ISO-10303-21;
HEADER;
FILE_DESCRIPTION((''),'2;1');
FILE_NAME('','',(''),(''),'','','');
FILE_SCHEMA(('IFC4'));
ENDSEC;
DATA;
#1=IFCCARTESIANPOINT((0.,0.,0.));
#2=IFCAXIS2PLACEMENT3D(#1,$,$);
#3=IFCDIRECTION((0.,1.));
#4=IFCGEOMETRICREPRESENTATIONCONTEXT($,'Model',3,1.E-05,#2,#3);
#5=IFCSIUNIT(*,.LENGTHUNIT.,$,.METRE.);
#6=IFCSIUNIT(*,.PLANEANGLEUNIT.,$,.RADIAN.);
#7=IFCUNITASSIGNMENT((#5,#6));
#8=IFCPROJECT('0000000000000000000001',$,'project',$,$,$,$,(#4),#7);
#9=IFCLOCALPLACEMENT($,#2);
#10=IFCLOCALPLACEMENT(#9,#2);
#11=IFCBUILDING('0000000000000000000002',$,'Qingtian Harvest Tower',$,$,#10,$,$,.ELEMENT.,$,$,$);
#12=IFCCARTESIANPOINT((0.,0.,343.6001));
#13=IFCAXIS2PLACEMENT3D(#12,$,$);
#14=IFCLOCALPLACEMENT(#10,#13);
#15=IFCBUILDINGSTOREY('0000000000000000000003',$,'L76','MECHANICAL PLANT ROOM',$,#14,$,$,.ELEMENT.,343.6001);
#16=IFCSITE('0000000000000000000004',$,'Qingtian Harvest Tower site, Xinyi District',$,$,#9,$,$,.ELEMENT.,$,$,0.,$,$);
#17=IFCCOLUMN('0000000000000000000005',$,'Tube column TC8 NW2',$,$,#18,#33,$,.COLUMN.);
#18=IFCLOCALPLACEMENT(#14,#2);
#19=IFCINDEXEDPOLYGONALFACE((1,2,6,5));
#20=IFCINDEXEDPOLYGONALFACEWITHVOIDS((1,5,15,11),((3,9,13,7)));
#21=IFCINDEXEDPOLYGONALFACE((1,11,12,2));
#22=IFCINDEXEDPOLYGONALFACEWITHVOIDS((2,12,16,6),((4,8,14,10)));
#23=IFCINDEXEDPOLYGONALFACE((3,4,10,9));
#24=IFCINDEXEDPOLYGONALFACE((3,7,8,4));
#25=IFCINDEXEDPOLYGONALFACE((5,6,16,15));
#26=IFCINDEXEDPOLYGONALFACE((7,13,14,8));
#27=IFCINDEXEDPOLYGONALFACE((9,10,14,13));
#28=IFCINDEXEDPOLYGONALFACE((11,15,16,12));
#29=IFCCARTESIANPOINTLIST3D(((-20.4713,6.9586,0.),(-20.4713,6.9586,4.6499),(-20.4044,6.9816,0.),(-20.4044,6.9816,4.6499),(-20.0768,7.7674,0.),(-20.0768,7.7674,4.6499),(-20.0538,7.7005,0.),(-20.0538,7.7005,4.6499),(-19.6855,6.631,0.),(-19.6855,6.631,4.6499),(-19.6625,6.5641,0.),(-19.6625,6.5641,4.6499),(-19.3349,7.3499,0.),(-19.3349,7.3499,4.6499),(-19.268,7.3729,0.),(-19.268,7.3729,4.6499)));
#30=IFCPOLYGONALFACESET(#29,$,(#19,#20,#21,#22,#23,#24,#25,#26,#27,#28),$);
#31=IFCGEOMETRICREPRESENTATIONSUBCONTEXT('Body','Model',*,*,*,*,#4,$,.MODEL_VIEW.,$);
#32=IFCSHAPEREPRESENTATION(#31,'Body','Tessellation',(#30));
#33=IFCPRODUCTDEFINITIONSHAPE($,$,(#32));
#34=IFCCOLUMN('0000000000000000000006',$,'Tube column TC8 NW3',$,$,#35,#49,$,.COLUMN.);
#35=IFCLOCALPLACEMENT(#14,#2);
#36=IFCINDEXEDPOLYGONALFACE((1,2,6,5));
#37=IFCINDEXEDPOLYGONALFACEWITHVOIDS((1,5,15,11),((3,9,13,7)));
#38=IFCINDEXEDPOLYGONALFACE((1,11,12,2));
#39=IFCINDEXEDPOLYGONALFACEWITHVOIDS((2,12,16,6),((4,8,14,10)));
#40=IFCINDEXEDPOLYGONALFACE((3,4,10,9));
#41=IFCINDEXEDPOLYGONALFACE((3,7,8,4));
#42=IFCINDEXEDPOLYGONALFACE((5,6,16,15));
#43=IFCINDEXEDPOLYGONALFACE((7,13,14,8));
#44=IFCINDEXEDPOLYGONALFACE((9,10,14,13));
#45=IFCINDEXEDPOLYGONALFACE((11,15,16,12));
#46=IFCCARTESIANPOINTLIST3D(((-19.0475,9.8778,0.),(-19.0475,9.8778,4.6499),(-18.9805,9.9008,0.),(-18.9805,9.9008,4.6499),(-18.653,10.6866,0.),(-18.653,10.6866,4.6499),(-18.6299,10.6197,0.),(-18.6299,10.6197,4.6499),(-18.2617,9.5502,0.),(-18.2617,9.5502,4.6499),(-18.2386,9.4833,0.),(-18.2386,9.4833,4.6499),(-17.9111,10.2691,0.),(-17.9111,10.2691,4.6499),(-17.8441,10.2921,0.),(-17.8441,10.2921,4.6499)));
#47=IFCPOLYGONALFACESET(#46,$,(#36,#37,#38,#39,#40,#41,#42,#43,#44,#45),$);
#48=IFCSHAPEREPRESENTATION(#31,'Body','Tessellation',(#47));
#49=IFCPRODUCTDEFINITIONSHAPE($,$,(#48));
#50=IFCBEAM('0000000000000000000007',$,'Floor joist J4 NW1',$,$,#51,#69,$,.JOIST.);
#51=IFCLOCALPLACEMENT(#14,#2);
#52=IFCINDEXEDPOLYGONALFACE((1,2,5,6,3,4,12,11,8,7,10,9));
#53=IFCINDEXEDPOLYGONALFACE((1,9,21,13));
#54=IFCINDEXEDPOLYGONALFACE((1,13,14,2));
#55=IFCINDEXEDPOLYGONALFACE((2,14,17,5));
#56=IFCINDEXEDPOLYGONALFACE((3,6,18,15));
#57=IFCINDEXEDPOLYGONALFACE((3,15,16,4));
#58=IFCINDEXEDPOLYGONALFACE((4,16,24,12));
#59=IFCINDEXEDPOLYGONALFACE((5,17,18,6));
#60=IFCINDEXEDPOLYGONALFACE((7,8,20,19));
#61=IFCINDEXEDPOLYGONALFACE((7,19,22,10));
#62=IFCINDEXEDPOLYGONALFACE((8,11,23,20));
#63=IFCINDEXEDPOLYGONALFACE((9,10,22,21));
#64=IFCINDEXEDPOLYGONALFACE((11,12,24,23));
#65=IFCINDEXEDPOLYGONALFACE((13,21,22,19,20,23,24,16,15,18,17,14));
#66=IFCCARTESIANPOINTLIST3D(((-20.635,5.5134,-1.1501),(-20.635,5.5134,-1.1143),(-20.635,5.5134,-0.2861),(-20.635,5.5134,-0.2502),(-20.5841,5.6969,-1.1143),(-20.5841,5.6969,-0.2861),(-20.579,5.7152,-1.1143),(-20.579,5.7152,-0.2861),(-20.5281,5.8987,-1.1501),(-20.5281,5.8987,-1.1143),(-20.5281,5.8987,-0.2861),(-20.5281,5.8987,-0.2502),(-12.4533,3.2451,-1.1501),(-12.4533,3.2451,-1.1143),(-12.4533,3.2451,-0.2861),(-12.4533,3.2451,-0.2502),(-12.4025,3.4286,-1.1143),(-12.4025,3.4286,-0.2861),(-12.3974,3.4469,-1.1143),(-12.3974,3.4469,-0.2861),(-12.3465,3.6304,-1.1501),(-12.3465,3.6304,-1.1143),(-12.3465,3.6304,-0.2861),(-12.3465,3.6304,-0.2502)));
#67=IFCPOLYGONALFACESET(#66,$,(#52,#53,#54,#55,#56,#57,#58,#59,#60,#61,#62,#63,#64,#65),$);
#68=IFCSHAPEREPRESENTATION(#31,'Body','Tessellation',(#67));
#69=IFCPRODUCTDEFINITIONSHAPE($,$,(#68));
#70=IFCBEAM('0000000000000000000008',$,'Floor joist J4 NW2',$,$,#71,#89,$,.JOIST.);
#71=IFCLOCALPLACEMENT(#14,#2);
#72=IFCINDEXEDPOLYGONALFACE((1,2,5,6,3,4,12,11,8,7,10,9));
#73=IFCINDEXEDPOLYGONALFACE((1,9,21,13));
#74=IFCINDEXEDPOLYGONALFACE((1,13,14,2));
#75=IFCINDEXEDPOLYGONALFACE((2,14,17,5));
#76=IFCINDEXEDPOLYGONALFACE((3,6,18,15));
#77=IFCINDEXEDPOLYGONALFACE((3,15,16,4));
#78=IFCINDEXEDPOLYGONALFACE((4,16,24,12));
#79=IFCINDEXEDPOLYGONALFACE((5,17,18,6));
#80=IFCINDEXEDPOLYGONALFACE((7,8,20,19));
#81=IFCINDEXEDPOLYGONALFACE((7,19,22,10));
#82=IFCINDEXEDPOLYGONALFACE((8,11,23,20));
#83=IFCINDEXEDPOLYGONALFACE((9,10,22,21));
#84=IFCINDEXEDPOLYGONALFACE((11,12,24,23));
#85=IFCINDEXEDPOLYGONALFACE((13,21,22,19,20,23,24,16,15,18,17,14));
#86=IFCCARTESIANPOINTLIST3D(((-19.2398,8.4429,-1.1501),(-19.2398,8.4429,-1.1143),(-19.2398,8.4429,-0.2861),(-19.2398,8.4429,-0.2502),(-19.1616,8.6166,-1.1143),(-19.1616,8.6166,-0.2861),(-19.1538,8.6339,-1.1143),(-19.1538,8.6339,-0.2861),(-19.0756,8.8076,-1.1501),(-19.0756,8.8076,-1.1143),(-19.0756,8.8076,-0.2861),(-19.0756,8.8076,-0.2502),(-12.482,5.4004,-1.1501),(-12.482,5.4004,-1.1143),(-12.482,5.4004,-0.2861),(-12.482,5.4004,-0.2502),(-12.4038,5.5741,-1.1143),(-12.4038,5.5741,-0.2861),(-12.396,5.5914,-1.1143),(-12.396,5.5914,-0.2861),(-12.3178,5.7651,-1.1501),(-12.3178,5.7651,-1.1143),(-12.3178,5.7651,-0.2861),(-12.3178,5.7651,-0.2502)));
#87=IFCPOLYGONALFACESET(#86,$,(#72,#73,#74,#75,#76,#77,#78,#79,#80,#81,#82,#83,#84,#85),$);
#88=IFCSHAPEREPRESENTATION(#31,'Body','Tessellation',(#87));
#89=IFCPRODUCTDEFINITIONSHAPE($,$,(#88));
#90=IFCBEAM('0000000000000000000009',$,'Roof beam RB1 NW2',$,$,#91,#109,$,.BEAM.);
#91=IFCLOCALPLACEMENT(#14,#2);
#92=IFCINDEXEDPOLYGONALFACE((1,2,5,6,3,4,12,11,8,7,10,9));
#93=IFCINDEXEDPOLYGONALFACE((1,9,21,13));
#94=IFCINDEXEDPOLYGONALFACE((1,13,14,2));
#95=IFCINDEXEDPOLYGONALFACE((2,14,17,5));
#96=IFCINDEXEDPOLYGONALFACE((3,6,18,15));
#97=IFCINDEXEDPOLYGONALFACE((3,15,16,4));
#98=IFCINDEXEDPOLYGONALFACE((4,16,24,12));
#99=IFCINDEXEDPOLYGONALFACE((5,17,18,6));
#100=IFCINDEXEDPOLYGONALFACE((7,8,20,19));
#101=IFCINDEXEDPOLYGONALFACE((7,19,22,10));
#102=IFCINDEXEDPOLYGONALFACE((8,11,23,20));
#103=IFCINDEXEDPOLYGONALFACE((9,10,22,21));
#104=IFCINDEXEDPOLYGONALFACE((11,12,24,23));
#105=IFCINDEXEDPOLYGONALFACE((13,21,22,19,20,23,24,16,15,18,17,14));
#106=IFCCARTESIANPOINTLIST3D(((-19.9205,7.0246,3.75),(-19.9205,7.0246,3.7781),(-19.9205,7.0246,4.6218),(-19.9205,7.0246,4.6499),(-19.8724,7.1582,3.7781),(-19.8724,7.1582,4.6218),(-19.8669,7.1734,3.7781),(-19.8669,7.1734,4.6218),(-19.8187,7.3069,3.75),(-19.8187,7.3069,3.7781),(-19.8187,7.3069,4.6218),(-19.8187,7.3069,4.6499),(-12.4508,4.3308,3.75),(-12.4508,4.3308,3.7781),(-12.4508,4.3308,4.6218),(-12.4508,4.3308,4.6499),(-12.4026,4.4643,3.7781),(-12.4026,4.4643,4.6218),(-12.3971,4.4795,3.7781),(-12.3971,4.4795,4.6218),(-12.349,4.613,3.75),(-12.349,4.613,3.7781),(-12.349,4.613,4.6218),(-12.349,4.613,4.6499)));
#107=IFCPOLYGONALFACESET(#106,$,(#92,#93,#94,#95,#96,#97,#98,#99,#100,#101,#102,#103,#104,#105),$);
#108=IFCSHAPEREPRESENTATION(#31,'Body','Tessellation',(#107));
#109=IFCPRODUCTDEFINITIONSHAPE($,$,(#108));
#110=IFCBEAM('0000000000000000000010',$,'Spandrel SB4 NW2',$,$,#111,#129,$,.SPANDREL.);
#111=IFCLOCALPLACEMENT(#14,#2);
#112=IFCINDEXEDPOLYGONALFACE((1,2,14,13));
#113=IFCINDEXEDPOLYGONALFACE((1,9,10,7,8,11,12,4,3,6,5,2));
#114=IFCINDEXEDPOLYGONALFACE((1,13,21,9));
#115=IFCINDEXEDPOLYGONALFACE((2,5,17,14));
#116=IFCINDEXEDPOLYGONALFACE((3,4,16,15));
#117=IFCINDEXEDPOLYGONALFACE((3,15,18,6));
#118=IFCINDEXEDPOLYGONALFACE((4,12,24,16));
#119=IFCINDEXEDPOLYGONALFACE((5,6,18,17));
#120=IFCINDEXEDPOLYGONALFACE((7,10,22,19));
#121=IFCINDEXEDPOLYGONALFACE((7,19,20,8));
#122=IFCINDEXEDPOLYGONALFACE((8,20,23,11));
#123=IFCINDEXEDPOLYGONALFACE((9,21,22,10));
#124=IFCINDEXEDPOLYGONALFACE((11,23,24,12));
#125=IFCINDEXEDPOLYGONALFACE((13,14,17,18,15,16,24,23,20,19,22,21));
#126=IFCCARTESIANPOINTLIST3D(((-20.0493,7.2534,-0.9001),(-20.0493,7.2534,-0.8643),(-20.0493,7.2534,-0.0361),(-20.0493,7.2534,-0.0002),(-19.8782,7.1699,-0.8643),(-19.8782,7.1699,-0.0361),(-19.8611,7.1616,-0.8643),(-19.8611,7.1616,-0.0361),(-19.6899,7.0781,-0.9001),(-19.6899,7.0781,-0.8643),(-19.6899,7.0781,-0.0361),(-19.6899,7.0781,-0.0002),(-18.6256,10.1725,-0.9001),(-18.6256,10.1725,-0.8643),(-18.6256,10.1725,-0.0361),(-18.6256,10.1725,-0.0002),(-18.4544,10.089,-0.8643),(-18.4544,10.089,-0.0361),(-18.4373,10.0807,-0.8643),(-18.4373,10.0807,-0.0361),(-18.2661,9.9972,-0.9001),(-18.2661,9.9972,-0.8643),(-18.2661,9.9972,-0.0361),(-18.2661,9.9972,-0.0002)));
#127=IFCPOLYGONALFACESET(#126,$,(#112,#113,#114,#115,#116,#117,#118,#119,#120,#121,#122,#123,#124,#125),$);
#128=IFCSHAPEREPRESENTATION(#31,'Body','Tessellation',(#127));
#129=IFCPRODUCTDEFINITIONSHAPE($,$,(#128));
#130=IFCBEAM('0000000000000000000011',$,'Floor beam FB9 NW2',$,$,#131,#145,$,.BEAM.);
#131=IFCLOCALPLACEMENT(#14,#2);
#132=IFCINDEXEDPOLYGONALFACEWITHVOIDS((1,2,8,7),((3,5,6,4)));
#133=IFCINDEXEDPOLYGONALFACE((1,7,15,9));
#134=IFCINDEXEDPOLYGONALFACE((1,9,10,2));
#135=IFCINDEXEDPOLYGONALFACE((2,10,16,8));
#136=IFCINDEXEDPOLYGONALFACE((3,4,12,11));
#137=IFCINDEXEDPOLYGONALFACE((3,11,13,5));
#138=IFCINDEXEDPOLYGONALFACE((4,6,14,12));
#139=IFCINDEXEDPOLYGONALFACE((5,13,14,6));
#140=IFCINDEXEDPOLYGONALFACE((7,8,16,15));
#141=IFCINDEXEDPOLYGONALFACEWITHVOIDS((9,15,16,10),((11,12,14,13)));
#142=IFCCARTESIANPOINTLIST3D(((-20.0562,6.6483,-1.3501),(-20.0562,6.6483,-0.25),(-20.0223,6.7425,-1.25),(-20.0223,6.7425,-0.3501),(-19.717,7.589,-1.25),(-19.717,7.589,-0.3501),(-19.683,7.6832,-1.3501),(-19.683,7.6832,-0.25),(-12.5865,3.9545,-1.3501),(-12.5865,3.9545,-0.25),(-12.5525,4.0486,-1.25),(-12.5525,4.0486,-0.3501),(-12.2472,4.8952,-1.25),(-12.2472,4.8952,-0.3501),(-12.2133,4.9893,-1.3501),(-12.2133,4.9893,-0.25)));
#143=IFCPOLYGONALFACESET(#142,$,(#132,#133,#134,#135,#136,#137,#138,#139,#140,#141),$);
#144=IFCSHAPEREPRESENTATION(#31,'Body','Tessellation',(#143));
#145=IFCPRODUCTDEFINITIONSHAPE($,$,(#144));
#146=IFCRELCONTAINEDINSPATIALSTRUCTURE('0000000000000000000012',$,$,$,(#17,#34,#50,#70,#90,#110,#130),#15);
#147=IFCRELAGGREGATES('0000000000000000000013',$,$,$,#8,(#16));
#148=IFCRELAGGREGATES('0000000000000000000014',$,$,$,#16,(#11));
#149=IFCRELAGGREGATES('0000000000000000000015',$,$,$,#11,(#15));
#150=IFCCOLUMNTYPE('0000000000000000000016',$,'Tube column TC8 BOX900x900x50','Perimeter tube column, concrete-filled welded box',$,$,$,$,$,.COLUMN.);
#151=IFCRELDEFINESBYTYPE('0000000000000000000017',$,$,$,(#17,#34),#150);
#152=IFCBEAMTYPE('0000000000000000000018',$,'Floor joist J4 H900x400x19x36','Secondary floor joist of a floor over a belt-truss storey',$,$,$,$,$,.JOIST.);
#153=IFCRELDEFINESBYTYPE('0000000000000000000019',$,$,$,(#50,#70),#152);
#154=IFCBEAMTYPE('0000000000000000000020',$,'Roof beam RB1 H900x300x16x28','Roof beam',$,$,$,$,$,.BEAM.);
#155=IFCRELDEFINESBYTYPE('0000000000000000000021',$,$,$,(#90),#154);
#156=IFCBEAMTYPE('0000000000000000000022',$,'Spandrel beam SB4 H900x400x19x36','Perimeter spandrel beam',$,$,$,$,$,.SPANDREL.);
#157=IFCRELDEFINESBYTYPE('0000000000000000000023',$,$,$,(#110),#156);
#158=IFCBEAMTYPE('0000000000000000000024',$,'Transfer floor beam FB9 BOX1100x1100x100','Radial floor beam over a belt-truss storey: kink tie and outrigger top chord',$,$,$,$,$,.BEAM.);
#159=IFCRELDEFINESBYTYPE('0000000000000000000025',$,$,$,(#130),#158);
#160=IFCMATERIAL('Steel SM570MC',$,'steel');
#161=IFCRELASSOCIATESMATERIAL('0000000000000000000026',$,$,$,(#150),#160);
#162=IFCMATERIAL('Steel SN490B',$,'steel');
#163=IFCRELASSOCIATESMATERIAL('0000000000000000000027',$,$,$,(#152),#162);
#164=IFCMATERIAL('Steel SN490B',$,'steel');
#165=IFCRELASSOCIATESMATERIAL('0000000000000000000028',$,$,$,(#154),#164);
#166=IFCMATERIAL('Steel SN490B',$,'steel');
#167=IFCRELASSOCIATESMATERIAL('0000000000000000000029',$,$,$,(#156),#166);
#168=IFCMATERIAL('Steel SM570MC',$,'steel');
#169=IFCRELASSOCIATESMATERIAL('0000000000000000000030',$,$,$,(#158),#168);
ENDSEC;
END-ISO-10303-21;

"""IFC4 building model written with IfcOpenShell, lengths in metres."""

from ifc_helpers import new_model, si_unit, direction, frame, origin, origin_2d, place, context, subcontext, project, spatial, hollow_rectangle, i_section, extrude, material, material_profile, profile_set, type_object, element, save


model = new_model("IFC4")

# Units and contexts
model_context = context("Model", 3, precision=1e-05, world=origin(), true_north=direction((0.0, 1.0)))
body_context = subcontext(model_context, "Body", "Model", "MODEL_VIEW")
ifc_project = project(units=[si_unit("LENGTHUNIT", "METRE"), si_unit("PLANEANGLEUNIT", "RADIAN")], contexts=[model_context])

# Site, building, storey
site_placement = place(None, origin())
site = spatial("IfcSite", under=ifc_project, at=site_placement, Name="Qingtian Harvest Tower site, Xinyi District", CompositionType="ELEMENT", RefElevation=0.0)
building_placement = place(site_placement, origin())
building = spatial("IfcBuilding", under=site, at=building_placement, Name="Qingtian Harvest Tower", CompositionType="ELEMENT")
storey_placement = place(building_placement, frame((0.0, 0.0, 343.6001)))
storey = spatial("IfcBuildingStorey", under=building, at=storey_placement, Name="L76", Description="MECHANICAL PLANT ROOM", CompositionType="ELEMENT", Elevation=343.6001)

# Columns
ifc_material_1 = material(Name="Steel SM570MC", Category="steel")
ifc_material_profile_1 = material_profile(ifc_material_1, hollow_rectangle(XDim=0.8999, YDim=0.8999, WallThickness=0.05, at=origin_2d()), Name="BOX900x900x50")
ifc_profile_set_1 = profile_set([ifc_material_profile_1], Name="Steel SM570MC")
column_type = type_object("IfcColumnType", Name="Tube column TC8 BOX900x900x50", Description="Perimeter tube column, concrete-filled welded box", PredefinedType="COLUMN", material=ifc_profile_set_1)
for number, where, z_axis, x_axis, name in (
    (1, (-19.8696, 7.1658, 0.0), (0.0, 0.0, 1.0), (-0.438371, -0.898794, 0.0), "Tube column TC8 NW2"),
    (2, (-18.4458, 10.085, 0.0), (0.0, 0.0, 1.0), (-0.438371, -0.898794, 0.0), "Tube column TC8 NW3"),
):
    element("IfcColumn", number, at=place(storey_placement, frame(where, z_axis=z_axis, x_axis=x_axis)), inside=storey, type_object=column_type, Name=name, PredefinedType="COLUMN", context=body_context, shape_type="SweptSolid", body=[
        extrude(hollow_rectangle(XDim=0.8999, YDim=0.8999, WallThickness=0.05, at=origin_2d()), origin(), (0.0, 0.0, 1.0), 4.6499),
    ])

# Beams
ifc_material_2 = material(Name="Steel SN490B", Category="steel")
ifc_material_profile_2 = material_profile(ifc_material_2, i_section(OverallWidth=0.3999, OverallDepth=0.8999, WebThickness=0.019, FlangeThickness=0.0359, at=origin_2d()), Name="H900x400x19x36")
ifc_profile_set_2 = profile_set([ifc_material_profile_2], Name="Steel SN490B")
beam_type_1 = type_object("IfcBeamType", Name="Floor joist J4 H900x400x19x36", Description="Secondary floor joist of a floor over a belt-truss storey", PredefinedType="JOIST", material=ifc_profile_set_2)
beam_1_placement = place(storey_placement, frame((-20.5815, 5.7061, -0.7002), z_axis=(0.96365, -0.267166, 0.0), x_axis=(0.267166, 0.96365, 0.0)))
element("IfcBeam", 3, at=beam_1_placement, inside=storey, type_object=beam_type_1, Name="Floor joist J4 NW1", PredefinedType="JOIST", context=body_context, shape_type="SweptSolid", body=[
    extrude(i_section(OverallWidth=0.3999, OverallDepth=0.8999, WebThickness=0.019, FlangeThickness=0.0359, at=origin_2d()), origin(), (0.0, 0.0, 1.0), 8.4902),
])
beam_2_placement = place(storey_placement, frame((-19.1577, 8.6252, -0.7002), z_axis=(0.911848, -0.410529, 0.0), x_axis=(0.410529, 0.911848, 0.0)))
element("IfcBeam", 4, at=beam_2_placement, inside=storey, type_object=beam_type_1, Name="Floor joist J4 NW2", PredefinedType="JOIST", context=body_context, shape_type="SweptSolid", body=[
    extrude(i_section(OverallWidth=0.3999, OverallDepth=0.8999, WebThickness=0.019, FlangeThickness=0.0359, at=origin_2d()), origin(), (0.0, 0.0, 1.0), 7.4111),
])
ifc_material_3 = material(Name="Steel SN490B", Category="steel")
ifc_material_profile_3 = material_profile(ifc_material_3, i_section(OverallWidth=0.3, OverallDepth=0.8999, WebThickness=0.0161, FlangeThickness=0.0281, at=origin_2d()), Name="H900x300x16x28")
ifc_profile_set_3 = profile_set([ifc_material_profile_3], Name="Steel SN490B")
beam_type_2 = type_object("IfcBeamType", Name="Roof beam RB1 H900x300x16x28", Description="Roof beam", PredefinedType="BEAM", material=ifc_profile_set_3)
beam_3_placement = place(storey_placement, frame((-19.8696, 7.1658, 4.2), z_axis=(0.940697, -0.339249, 0.0), x_axis=(0.339249, 0.940697, 0.0)))
element("IfcBeam", 5, at=beam_3_placement, inside=storey, type_object=beam_type_2, Name="Roof beam RB1 NW2", PredefinedType="BEAM", context=body_context, shape_type="SweptSolid", body=[
    extrude(i_section(OverallWidth=0.3, OverallDepth=0.8999, WebThickness=0.0161, FlangeThickness=0.0281, at=origin_2d()), origin(), (0.0, 0.0, 1.0), 7.9407),
])
ifc_material_4 = material(Name="Steel SN490B", Category="steel")
ifc_material_profile_4 = material_profile(ifc_material_4, i_section(OverallWidth=0.3999, OverallDepth=0.8999, WebThickness=0.019, FlangeThickness=0.0359, at=origin_2d()), Name="H900x400x19x36")
ifc_profile_set_4 = profile_set([ifc_material_profile_4], Name="Steel SN490B")
beam_type_3 = type_object("IfcBeamType", Name="Spandrel beam SB4 H900x400x19x36", Description="Perimeter spandrel beam", PredefinedType="SPANDREL", material=ifc_profile_set_4)
beam_4_placement = place(storey_placement, frame((-19.8696, 7.1658, -0.4502), z_axis=(0.438382, 0.898789, 0.0), x_axis=(-0.898789, 0.438382, 0.0)))
element("IfcBeam", 6, at=beam_4_placement, inside=storey, type_object=beam_type_3, Name="Spandrel SB4 NW2", PredefinedType="SPANDREL", context=body_context, shape_type="SweptSolid", body=[
    extrude(i_section(OverallWidth=0.3999, OverallDepth=0.8999, WebThickness=0.019, FlangeThickness=0.0359, at=origin_2d()), origin(), (0.0, 0.0, 1.0), 3.2478),
])
ifc_material_5 = material(Name="Steel SM570MC", Category="steel")
ifc_material_profile_5 = material_profile(ifc_material_5, hollow_rectangle(XDim=1.1001, YDim=1.1001, WallThickness=0.1001, at=origin_2d()), Name="BOX1100x1100x100")
ifc_profile_set_5 = profile_set([ifc_material_profile_5], Name="Steel SM570MC")
beam_type_4 = type_object("IfcBeamType", Name="Transfer floor beam FB9 BOX1100x1100x100", Description="Radial floor beam over a belt-truss storey: kink tie and outrigger top chord", PredefinedType="BEAM", material=ifc_profile_set_5)
beam_5_placement = place(storey_placement, frame((-19.8696, 7.1658, -0.8), z_axis=(0.940697, -0.339249, 0.0), x_axis=(0.339249, 0.940697, 0.0)))
element("IfcBeam", 7, at=beam_5_placement, inside=storey, type_object=beam_type_4, Name="Floor beam FB9 NW2", PredefinedType="BEAM", context=body_context, shape_type="SweptSolid", body=[
    extrude(hollow_rectangle(XDim=1.1001, YDim=1.1001, WallThickness=0.1001, at=origin_2d()), origin(), (0.0, 0.0, 1.0), 7.9407),
])

save(model, "model.ifc")
